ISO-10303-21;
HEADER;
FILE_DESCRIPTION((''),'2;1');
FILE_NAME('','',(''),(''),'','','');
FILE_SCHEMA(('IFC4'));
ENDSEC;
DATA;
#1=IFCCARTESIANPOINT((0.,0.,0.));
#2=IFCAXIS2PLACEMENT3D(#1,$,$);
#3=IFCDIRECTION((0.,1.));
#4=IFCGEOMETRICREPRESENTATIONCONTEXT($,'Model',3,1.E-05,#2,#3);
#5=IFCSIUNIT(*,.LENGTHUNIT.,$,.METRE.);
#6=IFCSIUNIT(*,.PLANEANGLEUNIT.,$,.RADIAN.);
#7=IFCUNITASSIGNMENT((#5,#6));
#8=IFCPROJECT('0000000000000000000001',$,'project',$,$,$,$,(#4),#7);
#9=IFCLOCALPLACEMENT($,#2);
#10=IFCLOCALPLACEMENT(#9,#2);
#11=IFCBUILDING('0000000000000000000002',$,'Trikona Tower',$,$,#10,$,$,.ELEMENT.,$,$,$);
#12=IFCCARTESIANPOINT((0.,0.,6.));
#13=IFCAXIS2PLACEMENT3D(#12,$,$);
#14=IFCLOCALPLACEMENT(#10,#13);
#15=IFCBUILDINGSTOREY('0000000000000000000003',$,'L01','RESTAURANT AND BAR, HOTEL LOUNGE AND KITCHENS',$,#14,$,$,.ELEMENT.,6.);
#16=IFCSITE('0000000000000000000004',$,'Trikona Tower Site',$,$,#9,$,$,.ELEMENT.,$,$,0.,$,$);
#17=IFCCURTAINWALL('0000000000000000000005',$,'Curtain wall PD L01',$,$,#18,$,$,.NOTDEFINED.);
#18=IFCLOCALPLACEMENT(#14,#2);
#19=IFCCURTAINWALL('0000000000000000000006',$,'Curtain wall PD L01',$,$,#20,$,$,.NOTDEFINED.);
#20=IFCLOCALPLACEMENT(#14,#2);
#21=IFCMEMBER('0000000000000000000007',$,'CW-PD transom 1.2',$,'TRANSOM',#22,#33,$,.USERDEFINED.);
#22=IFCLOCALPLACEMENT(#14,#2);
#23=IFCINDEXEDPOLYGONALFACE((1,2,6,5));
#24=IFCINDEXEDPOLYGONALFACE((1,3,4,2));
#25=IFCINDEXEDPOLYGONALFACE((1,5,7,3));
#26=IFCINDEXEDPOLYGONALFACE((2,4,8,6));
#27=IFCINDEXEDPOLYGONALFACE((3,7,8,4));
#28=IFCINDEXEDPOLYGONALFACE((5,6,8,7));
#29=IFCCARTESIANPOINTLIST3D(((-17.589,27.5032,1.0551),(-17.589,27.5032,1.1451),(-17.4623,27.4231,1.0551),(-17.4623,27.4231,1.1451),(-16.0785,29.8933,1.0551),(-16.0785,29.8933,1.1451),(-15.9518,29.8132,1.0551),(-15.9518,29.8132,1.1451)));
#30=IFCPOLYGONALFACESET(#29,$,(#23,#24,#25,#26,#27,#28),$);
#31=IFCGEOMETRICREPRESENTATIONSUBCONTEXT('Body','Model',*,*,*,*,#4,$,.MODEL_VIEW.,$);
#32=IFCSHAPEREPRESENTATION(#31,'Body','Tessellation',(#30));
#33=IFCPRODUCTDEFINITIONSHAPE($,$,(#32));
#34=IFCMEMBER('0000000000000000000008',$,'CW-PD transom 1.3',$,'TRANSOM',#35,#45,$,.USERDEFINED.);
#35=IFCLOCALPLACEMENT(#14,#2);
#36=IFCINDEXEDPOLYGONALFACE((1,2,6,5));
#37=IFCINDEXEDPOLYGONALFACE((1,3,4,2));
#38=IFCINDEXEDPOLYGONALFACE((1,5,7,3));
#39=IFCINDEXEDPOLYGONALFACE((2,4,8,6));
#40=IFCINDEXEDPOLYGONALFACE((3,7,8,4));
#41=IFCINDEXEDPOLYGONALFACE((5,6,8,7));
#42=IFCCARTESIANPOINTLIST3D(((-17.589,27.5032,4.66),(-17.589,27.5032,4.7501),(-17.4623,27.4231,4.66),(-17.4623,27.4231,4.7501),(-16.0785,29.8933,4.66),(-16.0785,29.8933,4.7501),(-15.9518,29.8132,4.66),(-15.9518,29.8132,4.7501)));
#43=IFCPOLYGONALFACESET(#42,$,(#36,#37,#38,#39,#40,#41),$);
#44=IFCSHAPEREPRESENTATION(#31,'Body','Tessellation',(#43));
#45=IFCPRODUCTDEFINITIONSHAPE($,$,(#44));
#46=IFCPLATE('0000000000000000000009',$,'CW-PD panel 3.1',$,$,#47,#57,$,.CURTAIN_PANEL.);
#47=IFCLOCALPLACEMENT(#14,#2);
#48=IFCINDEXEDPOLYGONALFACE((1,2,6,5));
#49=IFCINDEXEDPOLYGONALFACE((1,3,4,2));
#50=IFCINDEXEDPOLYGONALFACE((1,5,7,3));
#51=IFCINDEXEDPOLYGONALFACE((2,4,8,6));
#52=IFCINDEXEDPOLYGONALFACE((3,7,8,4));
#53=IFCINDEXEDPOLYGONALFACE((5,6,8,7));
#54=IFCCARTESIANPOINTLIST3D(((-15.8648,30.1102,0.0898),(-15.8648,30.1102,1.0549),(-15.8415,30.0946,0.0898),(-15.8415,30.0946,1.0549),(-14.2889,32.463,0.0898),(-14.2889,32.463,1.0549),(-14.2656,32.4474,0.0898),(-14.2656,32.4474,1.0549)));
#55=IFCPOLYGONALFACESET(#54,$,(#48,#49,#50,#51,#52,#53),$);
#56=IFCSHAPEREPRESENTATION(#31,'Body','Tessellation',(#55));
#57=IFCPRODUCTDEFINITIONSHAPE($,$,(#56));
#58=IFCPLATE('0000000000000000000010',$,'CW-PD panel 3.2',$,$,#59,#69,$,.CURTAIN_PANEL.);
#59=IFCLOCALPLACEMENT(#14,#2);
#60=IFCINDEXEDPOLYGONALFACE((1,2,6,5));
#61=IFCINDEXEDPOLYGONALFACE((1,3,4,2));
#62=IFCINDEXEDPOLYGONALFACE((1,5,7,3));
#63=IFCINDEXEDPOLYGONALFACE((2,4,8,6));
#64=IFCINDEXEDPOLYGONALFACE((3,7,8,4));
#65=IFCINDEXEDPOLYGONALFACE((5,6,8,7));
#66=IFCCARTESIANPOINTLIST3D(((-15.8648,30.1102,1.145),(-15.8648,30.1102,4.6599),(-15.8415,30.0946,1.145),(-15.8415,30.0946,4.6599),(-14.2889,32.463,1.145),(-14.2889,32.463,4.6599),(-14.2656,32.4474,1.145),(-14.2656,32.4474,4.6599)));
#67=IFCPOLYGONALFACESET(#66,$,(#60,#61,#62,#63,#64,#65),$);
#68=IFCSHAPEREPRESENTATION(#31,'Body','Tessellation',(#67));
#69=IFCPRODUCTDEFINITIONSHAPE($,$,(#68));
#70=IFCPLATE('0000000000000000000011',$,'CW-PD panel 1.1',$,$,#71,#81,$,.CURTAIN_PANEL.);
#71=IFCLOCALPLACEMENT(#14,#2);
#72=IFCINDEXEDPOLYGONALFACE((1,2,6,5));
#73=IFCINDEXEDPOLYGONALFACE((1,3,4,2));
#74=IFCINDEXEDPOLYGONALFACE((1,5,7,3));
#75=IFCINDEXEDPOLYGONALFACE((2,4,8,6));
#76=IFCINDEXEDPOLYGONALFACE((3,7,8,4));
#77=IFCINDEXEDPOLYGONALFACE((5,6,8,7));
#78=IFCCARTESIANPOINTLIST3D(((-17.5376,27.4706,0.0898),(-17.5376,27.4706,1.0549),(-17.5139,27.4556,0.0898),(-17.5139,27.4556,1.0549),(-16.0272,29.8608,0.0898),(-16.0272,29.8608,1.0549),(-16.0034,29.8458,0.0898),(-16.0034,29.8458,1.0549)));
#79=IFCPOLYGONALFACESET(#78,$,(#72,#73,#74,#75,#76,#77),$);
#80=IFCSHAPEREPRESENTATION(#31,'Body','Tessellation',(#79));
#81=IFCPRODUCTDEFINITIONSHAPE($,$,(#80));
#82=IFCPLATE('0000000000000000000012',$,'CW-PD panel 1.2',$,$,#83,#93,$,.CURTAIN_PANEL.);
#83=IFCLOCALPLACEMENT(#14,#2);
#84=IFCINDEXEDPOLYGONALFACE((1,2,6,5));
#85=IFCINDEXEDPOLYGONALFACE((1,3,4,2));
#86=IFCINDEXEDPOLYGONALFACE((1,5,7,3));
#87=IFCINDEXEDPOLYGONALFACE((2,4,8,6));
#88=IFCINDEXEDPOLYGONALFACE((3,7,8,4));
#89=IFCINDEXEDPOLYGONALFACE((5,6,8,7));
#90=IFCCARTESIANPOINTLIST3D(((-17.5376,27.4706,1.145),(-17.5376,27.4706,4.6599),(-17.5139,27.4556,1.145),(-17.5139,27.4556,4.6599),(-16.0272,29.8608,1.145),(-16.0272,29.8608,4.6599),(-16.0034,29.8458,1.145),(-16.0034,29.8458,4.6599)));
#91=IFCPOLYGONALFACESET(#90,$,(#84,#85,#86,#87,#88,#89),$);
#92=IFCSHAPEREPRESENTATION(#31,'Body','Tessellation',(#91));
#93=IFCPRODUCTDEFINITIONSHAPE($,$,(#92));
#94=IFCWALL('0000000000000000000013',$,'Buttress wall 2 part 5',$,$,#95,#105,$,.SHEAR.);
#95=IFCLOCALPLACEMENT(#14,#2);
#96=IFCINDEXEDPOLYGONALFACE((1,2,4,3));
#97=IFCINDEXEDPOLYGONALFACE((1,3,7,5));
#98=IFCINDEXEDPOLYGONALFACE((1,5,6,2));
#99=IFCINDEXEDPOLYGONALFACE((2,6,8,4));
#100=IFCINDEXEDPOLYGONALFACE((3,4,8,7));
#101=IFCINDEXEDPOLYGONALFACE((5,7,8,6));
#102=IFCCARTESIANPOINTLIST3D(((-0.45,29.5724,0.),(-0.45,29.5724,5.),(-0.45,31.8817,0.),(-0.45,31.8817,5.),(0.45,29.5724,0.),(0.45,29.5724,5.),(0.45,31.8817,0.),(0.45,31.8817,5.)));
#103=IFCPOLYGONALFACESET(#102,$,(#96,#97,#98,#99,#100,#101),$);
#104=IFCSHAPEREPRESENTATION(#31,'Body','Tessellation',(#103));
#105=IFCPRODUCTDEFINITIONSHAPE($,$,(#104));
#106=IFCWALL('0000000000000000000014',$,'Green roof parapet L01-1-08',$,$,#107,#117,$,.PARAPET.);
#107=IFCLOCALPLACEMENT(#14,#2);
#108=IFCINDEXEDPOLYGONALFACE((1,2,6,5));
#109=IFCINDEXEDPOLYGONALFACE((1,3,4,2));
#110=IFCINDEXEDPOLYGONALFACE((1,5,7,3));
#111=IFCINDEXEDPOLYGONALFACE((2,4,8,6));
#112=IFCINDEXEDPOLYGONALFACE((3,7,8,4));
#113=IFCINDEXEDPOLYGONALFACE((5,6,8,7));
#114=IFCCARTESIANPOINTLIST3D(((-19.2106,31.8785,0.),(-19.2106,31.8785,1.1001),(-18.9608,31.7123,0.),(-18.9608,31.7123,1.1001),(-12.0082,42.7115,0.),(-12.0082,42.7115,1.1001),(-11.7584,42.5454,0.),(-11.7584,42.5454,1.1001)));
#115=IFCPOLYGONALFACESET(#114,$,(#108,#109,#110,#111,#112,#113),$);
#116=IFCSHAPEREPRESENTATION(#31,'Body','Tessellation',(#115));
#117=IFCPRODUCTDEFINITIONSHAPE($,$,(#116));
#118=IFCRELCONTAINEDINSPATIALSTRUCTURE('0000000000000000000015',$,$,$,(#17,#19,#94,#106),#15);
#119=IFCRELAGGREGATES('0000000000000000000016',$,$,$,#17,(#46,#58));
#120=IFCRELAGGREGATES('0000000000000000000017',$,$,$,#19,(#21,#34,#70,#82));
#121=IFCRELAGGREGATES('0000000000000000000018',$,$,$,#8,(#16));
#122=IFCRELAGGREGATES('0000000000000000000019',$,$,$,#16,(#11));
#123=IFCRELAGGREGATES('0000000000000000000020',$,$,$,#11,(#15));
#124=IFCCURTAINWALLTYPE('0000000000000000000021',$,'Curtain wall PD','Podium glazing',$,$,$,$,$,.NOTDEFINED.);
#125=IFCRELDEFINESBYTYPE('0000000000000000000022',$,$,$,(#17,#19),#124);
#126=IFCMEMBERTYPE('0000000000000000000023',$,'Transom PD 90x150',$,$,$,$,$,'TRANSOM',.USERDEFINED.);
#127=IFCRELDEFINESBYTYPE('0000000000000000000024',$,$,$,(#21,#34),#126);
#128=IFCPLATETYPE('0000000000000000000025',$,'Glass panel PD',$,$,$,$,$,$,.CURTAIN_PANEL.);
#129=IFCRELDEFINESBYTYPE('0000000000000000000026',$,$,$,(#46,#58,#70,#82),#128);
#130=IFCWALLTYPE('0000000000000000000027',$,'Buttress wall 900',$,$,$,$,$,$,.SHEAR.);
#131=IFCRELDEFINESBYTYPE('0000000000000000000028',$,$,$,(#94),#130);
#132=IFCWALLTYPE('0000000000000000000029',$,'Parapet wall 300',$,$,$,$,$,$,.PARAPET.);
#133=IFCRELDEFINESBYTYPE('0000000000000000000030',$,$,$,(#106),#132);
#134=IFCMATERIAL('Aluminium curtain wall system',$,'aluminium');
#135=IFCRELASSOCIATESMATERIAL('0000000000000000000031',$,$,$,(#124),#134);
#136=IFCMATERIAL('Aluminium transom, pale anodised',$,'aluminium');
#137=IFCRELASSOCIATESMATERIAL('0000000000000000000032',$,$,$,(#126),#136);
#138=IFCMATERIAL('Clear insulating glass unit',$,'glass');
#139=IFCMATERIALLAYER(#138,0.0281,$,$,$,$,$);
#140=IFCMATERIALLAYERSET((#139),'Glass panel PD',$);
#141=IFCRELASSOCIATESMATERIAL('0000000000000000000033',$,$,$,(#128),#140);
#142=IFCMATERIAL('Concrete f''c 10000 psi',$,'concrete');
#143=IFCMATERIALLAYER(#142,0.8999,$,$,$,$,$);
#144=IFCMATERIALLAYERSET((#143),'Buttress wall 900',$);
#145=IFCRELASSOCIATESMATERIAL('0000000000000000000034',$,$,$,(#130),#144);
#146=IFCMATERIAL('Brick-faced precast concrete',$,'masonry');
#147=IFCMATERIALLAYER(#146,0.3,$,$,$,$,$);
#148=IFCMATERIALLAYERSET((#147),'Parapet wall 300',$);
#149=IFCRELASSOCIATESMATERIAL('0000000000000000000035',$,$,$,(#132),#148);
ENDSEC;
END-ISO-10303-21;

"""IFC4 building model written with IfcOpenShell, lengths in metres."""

from ifc_helpers import new_model, si_unit, direction, frame, frame_2d, origin, origin_2d, place, context, subcontext, project, spatial, rectangle, extrude, material, layer, layer_set, material_profile, profile_set, type_object, element, aggregate, save


model = new_model("IFC4")

# Units and contexts
model_context = context("Model", 3, precision=1e-05, world=origin(), true_north=direction((0.0, 1.0)))
body_context = subcontext(model_context, "Body", "Model", "MODEL_VIEW")
ifc_project = project(units=[si_unit("LENGTHUNIT", "METRE"), si_unit("PLANEANGLEUNIT", "RADIAN")], contexts=[model_context])

# Site, building, storey
site_placement = place(None, origin())
site = spatial("IfcSite", under=ifc_project, at=site_placement, Name="Trikona Tower Site", CompositionType="ELEMENT", RefElevation=0.0)
building_placement = place(site_placement, origin())
building = spatial("IfcBuilding", under=site, at=building_placement, Name="Trikona Tower", CompositionType="ELEMENT")
storey_placement = place(building_placement, frame((0.0, 0.0, 6.0)))
storey = spatial("IfcBuildingStorey", under=building, at=storey_placement, Name="L01", Description="RESTAURANT AND BAR, HOTEL LOUNGE AND KITCHENS", CompositionType="ELEMENT", Elevation=6.0)

# Curtain wall
ifc_material_1 = material(Name="Aluminium curtain wall system", Category="aluminium")
curtain_wall_type = type_object("IfcCurtainWallType", Name="Curtain wall PD", Description="Podium glazing", PredefinedType="NOTDEFINED", material=ifc_material_1)
curtain_wall_1_placement = place(storey_placement, origin())
curtain_wall_1 = element("IfcCurtainWall", 1, at=curtain_wall_1_placement, inside=storey, type_object=curtain_wall_type, Name="Curtain wall PD L01", PredefinedType="NOTDEFINED")

# Curtain wall
curtain_wall_2_placement = place(storey_placement, origin())
curtain_wall_2 = element("IfcCurtainWall", 2, at=curtain_wall_2_placement, inside=storey, type_object=curtain_wall_type, Name="Curtain wall PD L01", PredefinedType="NOTDEFINED")

# Members
ifc_material_2 = material(Name="Aluminium transom, pale anodised", Category="aluminium")
ifc_material_profile_1 = material_profile(ifc_material_2, rectangle(XDim=0.1499, YDim=0.0901, at=origin_2d()), Name="TRN-PD")
ifc_profile_set_1 = profile_set([ifc_material_profile_1], Name="Aluminium transom, pale anodised")
member_type_1 = type_object("IfcMemberType", Name="Transom PD 90x150", ElementType="TRANSOM", PredefinedType="USERDEFINED", material=ifc_profile_set_1)
member_1_placement = place(storey_placement, frame((-16.0151, 29.8533, 1.1001), z_axis=(-0.53423, -0.845339, 0.0), x_axis=(0.845339, -0.53423, 0.0)))
member_1 = element("IfcMember", 3, at=member_1_placement, type_object=member_type_1, Name="CW-PD transom 1.2", ObjectType="TRANSOM", PredefinedType="USERDEFINED", context=body_context, shape_type="SweptSolid", body=[
    extrude(rectangle(XDim=0.1499, YDim=0.0901, at=origin_2d()), origin(), (0.0, 0.0, 1.0), 2.8274),
])
member_2_placement = place(storey_placement, frame((-16.0151, 29.8533, 4.7051), z_axis=(-0.53423, -0.845339, 0.0), x_axis=(0.845339, -0.53423, 0.0)))
member_2 = element("IfcMember", 4, at=member_2_placement, type_object=member_type_1, Name="CW-PD transom 1.3", ObjectType="TRANSOM", PredefinedType="USERDEFINED", context=body_context, shape_type="SweptSolid", body=[
    extrude(rectangle(XDim=0.1499, YDim=0.0901, at=origin_2d()), origin(), (0.0, 0.0, 1.0), 2.8274),
])

# Plates
ifc_material_3 = material(Name="Clear insulating glass unit", Category="glass")
ifc_layer_1 = layer(ifc_material_3, 0.0281)
ifc_layer_set_1 = layer_set([ifc_layer_1], Name="Glass panel PD")
plate_type = type_object("IfcPlateType", Name="Glass panel PD", PredefinedType="CURTAIN_PANEL", material=ifc_layer_set_1)
plate_1_placement = place(storey_placement, frame((-15.0652, 31.2788, 0.0898), z_axis=(0.0, 0.0, 1.0), x_axis=(-0.556493, -0.830852, 0.0)))
plate_1 = element("IfcPlate", 5, at=plate_1_placement, type_object=plate_type, Name="CW-PD panel 3.1", PredefinedType="CURTAIN_PANEL", context=body_context, shape_type="SweptSolid", body=[
    extrude(rectangle(XDim=2.8318, YDim=0.0281, at=origin_2d()), origin(), (0.0, 0.0, 1.0), 0.9651),
])
plate_2_placement = place(storey_placement, frame((-15.0652, 31.2788, 1.145), z_axis=(0.0, 0.0, 1.0), x_axis=(-0.556493, -0.830852, 0.0)))
plate_2 = element("IfcPlate", 6, at=plate_2_placement, type_object=plate_type, Name="CW-PD panel 3.2", PredefinedType="CURTAIN_PANEL", context=body_context, shape_type="SweptSolid", body=[
    extrude(rectangle(XDim=2.8318, YDim=0.0281, at=origin_2d()), origin(), (0.0, 0.0, 1.0), 3.5149),
])
aggregate(curtain_wall_1, [plate_1, plate_2])
plate_3_placement = place(storey_placement, frame((-16.7705, 28.6582, 0.0898), z_axis=(0.0, 0.0, 1.0), x_axis=(-0.534216, -0.845348, 0.0)))
plate_3 = element("IfcPlate", 7, at=plate_3_placement, type_object=plate_type, Name="CW-PD panel 1.1", PredefinedType="CURTAIN_PANEL", context=body_context, shape_type="SweptSolid", body=[
    extrude(rectangle(XDim=2.8274, YDim=0.0281, at=origin_2d()), origin(), (0.0, 0.0, 1.0), 0.9651),
])
plate_4_placement = place(storey_placement, frame((-16.7705, 28.6582, 1.145), z_axis=(0.0, 0.0, 1.0), x_axis=(-0.534216, -0.845348, 0.0)))
plate_4 = element("IfcPlate", 8, at=plate_4_placement, type_object=plate_type, Name="CW-PD panel 1.2", PredefinedType="CURTAIN_PANEL", context=body_context, shape_type="SweptSolid", body=[
    extrude(rectangle(XDim=2.8274, YDim=0.0281, at=origin_2d()), origin(), (0.0, 0.0, 1.0), 3.5149),
])
aggregate(curtain_wall_2, [member_1, member_2, plate_3, plate_4])

# Walls
ifc_material_4 = material(Name="Concrete f'c 10000 psi", Category="concrete")
ifc_layer_2 = layer(ifc_material_4, 0.8999)
ifc_layer_set_2 = layer_set([ifc_layer_2], Name="Buttress wall 900")
wall_type_1 = type_object("IfcWallType", Name="Buttress wall 900", PredefinedType="SHEAR", material=ifc_layer_set_2)
wall_1_placement = place(storey_placement, frame((0.0, 29.5723, 0.0), z_axis=(0.0, 0.0, 1.0), x_axis=(0.0, 1.0, 0.0)))
element("IfcWall", 9, at=wall_1_placement, inside=storey, type_object=wall_type_1, Name="Buttress wall 2 part 5", PredefinedType="SHEAR", context=body_context, shape_type="SweptSolid", body=[
    extrude(rectangle(XDim=2.3093, YDim=0.8999, at=frame_2d((1.1548, 0.0))), origin(), (0.0, 0.0, 1.0), 5.0),
])
ifc_material_5 = material(Name="Brick-faced precast concrete", Category="masonry")
ifc_layer_3 = layer(ifc_material_5, 0.3)
ifc_layer_set_3 = layer_set([ifc_layer_3], Name="Parapet wall 300")
wall_type_2 = type_object("IfcWallType", Name="Parapet wall 300", PredefinedType="PARAPET", material=ifc_layer_set_3)
wall_2_placement = place(storey_placement, frame((-19.0857, 31.7954, 0.0), z_axis=(0.0, 0.0, 1.0), x_axis=(0.553656, 0.832745, 0.0)))
element("IfcWall", 10, at=wall_2_placement, inside=storey, type_object=wall_type_2, Name="Green roof parapet L01-1-08", PredefinedType="PARAPET", context=body_context, shape_type="SweptSolid", body=[
    extrude(rectangle(XDim=13.0088, YDim=0.3, at=frame_2d((6.5044, 0.0))), origin(), (0.0, 0.0, 1.0), 1.1001),
])

save(model, "model.ifc")
